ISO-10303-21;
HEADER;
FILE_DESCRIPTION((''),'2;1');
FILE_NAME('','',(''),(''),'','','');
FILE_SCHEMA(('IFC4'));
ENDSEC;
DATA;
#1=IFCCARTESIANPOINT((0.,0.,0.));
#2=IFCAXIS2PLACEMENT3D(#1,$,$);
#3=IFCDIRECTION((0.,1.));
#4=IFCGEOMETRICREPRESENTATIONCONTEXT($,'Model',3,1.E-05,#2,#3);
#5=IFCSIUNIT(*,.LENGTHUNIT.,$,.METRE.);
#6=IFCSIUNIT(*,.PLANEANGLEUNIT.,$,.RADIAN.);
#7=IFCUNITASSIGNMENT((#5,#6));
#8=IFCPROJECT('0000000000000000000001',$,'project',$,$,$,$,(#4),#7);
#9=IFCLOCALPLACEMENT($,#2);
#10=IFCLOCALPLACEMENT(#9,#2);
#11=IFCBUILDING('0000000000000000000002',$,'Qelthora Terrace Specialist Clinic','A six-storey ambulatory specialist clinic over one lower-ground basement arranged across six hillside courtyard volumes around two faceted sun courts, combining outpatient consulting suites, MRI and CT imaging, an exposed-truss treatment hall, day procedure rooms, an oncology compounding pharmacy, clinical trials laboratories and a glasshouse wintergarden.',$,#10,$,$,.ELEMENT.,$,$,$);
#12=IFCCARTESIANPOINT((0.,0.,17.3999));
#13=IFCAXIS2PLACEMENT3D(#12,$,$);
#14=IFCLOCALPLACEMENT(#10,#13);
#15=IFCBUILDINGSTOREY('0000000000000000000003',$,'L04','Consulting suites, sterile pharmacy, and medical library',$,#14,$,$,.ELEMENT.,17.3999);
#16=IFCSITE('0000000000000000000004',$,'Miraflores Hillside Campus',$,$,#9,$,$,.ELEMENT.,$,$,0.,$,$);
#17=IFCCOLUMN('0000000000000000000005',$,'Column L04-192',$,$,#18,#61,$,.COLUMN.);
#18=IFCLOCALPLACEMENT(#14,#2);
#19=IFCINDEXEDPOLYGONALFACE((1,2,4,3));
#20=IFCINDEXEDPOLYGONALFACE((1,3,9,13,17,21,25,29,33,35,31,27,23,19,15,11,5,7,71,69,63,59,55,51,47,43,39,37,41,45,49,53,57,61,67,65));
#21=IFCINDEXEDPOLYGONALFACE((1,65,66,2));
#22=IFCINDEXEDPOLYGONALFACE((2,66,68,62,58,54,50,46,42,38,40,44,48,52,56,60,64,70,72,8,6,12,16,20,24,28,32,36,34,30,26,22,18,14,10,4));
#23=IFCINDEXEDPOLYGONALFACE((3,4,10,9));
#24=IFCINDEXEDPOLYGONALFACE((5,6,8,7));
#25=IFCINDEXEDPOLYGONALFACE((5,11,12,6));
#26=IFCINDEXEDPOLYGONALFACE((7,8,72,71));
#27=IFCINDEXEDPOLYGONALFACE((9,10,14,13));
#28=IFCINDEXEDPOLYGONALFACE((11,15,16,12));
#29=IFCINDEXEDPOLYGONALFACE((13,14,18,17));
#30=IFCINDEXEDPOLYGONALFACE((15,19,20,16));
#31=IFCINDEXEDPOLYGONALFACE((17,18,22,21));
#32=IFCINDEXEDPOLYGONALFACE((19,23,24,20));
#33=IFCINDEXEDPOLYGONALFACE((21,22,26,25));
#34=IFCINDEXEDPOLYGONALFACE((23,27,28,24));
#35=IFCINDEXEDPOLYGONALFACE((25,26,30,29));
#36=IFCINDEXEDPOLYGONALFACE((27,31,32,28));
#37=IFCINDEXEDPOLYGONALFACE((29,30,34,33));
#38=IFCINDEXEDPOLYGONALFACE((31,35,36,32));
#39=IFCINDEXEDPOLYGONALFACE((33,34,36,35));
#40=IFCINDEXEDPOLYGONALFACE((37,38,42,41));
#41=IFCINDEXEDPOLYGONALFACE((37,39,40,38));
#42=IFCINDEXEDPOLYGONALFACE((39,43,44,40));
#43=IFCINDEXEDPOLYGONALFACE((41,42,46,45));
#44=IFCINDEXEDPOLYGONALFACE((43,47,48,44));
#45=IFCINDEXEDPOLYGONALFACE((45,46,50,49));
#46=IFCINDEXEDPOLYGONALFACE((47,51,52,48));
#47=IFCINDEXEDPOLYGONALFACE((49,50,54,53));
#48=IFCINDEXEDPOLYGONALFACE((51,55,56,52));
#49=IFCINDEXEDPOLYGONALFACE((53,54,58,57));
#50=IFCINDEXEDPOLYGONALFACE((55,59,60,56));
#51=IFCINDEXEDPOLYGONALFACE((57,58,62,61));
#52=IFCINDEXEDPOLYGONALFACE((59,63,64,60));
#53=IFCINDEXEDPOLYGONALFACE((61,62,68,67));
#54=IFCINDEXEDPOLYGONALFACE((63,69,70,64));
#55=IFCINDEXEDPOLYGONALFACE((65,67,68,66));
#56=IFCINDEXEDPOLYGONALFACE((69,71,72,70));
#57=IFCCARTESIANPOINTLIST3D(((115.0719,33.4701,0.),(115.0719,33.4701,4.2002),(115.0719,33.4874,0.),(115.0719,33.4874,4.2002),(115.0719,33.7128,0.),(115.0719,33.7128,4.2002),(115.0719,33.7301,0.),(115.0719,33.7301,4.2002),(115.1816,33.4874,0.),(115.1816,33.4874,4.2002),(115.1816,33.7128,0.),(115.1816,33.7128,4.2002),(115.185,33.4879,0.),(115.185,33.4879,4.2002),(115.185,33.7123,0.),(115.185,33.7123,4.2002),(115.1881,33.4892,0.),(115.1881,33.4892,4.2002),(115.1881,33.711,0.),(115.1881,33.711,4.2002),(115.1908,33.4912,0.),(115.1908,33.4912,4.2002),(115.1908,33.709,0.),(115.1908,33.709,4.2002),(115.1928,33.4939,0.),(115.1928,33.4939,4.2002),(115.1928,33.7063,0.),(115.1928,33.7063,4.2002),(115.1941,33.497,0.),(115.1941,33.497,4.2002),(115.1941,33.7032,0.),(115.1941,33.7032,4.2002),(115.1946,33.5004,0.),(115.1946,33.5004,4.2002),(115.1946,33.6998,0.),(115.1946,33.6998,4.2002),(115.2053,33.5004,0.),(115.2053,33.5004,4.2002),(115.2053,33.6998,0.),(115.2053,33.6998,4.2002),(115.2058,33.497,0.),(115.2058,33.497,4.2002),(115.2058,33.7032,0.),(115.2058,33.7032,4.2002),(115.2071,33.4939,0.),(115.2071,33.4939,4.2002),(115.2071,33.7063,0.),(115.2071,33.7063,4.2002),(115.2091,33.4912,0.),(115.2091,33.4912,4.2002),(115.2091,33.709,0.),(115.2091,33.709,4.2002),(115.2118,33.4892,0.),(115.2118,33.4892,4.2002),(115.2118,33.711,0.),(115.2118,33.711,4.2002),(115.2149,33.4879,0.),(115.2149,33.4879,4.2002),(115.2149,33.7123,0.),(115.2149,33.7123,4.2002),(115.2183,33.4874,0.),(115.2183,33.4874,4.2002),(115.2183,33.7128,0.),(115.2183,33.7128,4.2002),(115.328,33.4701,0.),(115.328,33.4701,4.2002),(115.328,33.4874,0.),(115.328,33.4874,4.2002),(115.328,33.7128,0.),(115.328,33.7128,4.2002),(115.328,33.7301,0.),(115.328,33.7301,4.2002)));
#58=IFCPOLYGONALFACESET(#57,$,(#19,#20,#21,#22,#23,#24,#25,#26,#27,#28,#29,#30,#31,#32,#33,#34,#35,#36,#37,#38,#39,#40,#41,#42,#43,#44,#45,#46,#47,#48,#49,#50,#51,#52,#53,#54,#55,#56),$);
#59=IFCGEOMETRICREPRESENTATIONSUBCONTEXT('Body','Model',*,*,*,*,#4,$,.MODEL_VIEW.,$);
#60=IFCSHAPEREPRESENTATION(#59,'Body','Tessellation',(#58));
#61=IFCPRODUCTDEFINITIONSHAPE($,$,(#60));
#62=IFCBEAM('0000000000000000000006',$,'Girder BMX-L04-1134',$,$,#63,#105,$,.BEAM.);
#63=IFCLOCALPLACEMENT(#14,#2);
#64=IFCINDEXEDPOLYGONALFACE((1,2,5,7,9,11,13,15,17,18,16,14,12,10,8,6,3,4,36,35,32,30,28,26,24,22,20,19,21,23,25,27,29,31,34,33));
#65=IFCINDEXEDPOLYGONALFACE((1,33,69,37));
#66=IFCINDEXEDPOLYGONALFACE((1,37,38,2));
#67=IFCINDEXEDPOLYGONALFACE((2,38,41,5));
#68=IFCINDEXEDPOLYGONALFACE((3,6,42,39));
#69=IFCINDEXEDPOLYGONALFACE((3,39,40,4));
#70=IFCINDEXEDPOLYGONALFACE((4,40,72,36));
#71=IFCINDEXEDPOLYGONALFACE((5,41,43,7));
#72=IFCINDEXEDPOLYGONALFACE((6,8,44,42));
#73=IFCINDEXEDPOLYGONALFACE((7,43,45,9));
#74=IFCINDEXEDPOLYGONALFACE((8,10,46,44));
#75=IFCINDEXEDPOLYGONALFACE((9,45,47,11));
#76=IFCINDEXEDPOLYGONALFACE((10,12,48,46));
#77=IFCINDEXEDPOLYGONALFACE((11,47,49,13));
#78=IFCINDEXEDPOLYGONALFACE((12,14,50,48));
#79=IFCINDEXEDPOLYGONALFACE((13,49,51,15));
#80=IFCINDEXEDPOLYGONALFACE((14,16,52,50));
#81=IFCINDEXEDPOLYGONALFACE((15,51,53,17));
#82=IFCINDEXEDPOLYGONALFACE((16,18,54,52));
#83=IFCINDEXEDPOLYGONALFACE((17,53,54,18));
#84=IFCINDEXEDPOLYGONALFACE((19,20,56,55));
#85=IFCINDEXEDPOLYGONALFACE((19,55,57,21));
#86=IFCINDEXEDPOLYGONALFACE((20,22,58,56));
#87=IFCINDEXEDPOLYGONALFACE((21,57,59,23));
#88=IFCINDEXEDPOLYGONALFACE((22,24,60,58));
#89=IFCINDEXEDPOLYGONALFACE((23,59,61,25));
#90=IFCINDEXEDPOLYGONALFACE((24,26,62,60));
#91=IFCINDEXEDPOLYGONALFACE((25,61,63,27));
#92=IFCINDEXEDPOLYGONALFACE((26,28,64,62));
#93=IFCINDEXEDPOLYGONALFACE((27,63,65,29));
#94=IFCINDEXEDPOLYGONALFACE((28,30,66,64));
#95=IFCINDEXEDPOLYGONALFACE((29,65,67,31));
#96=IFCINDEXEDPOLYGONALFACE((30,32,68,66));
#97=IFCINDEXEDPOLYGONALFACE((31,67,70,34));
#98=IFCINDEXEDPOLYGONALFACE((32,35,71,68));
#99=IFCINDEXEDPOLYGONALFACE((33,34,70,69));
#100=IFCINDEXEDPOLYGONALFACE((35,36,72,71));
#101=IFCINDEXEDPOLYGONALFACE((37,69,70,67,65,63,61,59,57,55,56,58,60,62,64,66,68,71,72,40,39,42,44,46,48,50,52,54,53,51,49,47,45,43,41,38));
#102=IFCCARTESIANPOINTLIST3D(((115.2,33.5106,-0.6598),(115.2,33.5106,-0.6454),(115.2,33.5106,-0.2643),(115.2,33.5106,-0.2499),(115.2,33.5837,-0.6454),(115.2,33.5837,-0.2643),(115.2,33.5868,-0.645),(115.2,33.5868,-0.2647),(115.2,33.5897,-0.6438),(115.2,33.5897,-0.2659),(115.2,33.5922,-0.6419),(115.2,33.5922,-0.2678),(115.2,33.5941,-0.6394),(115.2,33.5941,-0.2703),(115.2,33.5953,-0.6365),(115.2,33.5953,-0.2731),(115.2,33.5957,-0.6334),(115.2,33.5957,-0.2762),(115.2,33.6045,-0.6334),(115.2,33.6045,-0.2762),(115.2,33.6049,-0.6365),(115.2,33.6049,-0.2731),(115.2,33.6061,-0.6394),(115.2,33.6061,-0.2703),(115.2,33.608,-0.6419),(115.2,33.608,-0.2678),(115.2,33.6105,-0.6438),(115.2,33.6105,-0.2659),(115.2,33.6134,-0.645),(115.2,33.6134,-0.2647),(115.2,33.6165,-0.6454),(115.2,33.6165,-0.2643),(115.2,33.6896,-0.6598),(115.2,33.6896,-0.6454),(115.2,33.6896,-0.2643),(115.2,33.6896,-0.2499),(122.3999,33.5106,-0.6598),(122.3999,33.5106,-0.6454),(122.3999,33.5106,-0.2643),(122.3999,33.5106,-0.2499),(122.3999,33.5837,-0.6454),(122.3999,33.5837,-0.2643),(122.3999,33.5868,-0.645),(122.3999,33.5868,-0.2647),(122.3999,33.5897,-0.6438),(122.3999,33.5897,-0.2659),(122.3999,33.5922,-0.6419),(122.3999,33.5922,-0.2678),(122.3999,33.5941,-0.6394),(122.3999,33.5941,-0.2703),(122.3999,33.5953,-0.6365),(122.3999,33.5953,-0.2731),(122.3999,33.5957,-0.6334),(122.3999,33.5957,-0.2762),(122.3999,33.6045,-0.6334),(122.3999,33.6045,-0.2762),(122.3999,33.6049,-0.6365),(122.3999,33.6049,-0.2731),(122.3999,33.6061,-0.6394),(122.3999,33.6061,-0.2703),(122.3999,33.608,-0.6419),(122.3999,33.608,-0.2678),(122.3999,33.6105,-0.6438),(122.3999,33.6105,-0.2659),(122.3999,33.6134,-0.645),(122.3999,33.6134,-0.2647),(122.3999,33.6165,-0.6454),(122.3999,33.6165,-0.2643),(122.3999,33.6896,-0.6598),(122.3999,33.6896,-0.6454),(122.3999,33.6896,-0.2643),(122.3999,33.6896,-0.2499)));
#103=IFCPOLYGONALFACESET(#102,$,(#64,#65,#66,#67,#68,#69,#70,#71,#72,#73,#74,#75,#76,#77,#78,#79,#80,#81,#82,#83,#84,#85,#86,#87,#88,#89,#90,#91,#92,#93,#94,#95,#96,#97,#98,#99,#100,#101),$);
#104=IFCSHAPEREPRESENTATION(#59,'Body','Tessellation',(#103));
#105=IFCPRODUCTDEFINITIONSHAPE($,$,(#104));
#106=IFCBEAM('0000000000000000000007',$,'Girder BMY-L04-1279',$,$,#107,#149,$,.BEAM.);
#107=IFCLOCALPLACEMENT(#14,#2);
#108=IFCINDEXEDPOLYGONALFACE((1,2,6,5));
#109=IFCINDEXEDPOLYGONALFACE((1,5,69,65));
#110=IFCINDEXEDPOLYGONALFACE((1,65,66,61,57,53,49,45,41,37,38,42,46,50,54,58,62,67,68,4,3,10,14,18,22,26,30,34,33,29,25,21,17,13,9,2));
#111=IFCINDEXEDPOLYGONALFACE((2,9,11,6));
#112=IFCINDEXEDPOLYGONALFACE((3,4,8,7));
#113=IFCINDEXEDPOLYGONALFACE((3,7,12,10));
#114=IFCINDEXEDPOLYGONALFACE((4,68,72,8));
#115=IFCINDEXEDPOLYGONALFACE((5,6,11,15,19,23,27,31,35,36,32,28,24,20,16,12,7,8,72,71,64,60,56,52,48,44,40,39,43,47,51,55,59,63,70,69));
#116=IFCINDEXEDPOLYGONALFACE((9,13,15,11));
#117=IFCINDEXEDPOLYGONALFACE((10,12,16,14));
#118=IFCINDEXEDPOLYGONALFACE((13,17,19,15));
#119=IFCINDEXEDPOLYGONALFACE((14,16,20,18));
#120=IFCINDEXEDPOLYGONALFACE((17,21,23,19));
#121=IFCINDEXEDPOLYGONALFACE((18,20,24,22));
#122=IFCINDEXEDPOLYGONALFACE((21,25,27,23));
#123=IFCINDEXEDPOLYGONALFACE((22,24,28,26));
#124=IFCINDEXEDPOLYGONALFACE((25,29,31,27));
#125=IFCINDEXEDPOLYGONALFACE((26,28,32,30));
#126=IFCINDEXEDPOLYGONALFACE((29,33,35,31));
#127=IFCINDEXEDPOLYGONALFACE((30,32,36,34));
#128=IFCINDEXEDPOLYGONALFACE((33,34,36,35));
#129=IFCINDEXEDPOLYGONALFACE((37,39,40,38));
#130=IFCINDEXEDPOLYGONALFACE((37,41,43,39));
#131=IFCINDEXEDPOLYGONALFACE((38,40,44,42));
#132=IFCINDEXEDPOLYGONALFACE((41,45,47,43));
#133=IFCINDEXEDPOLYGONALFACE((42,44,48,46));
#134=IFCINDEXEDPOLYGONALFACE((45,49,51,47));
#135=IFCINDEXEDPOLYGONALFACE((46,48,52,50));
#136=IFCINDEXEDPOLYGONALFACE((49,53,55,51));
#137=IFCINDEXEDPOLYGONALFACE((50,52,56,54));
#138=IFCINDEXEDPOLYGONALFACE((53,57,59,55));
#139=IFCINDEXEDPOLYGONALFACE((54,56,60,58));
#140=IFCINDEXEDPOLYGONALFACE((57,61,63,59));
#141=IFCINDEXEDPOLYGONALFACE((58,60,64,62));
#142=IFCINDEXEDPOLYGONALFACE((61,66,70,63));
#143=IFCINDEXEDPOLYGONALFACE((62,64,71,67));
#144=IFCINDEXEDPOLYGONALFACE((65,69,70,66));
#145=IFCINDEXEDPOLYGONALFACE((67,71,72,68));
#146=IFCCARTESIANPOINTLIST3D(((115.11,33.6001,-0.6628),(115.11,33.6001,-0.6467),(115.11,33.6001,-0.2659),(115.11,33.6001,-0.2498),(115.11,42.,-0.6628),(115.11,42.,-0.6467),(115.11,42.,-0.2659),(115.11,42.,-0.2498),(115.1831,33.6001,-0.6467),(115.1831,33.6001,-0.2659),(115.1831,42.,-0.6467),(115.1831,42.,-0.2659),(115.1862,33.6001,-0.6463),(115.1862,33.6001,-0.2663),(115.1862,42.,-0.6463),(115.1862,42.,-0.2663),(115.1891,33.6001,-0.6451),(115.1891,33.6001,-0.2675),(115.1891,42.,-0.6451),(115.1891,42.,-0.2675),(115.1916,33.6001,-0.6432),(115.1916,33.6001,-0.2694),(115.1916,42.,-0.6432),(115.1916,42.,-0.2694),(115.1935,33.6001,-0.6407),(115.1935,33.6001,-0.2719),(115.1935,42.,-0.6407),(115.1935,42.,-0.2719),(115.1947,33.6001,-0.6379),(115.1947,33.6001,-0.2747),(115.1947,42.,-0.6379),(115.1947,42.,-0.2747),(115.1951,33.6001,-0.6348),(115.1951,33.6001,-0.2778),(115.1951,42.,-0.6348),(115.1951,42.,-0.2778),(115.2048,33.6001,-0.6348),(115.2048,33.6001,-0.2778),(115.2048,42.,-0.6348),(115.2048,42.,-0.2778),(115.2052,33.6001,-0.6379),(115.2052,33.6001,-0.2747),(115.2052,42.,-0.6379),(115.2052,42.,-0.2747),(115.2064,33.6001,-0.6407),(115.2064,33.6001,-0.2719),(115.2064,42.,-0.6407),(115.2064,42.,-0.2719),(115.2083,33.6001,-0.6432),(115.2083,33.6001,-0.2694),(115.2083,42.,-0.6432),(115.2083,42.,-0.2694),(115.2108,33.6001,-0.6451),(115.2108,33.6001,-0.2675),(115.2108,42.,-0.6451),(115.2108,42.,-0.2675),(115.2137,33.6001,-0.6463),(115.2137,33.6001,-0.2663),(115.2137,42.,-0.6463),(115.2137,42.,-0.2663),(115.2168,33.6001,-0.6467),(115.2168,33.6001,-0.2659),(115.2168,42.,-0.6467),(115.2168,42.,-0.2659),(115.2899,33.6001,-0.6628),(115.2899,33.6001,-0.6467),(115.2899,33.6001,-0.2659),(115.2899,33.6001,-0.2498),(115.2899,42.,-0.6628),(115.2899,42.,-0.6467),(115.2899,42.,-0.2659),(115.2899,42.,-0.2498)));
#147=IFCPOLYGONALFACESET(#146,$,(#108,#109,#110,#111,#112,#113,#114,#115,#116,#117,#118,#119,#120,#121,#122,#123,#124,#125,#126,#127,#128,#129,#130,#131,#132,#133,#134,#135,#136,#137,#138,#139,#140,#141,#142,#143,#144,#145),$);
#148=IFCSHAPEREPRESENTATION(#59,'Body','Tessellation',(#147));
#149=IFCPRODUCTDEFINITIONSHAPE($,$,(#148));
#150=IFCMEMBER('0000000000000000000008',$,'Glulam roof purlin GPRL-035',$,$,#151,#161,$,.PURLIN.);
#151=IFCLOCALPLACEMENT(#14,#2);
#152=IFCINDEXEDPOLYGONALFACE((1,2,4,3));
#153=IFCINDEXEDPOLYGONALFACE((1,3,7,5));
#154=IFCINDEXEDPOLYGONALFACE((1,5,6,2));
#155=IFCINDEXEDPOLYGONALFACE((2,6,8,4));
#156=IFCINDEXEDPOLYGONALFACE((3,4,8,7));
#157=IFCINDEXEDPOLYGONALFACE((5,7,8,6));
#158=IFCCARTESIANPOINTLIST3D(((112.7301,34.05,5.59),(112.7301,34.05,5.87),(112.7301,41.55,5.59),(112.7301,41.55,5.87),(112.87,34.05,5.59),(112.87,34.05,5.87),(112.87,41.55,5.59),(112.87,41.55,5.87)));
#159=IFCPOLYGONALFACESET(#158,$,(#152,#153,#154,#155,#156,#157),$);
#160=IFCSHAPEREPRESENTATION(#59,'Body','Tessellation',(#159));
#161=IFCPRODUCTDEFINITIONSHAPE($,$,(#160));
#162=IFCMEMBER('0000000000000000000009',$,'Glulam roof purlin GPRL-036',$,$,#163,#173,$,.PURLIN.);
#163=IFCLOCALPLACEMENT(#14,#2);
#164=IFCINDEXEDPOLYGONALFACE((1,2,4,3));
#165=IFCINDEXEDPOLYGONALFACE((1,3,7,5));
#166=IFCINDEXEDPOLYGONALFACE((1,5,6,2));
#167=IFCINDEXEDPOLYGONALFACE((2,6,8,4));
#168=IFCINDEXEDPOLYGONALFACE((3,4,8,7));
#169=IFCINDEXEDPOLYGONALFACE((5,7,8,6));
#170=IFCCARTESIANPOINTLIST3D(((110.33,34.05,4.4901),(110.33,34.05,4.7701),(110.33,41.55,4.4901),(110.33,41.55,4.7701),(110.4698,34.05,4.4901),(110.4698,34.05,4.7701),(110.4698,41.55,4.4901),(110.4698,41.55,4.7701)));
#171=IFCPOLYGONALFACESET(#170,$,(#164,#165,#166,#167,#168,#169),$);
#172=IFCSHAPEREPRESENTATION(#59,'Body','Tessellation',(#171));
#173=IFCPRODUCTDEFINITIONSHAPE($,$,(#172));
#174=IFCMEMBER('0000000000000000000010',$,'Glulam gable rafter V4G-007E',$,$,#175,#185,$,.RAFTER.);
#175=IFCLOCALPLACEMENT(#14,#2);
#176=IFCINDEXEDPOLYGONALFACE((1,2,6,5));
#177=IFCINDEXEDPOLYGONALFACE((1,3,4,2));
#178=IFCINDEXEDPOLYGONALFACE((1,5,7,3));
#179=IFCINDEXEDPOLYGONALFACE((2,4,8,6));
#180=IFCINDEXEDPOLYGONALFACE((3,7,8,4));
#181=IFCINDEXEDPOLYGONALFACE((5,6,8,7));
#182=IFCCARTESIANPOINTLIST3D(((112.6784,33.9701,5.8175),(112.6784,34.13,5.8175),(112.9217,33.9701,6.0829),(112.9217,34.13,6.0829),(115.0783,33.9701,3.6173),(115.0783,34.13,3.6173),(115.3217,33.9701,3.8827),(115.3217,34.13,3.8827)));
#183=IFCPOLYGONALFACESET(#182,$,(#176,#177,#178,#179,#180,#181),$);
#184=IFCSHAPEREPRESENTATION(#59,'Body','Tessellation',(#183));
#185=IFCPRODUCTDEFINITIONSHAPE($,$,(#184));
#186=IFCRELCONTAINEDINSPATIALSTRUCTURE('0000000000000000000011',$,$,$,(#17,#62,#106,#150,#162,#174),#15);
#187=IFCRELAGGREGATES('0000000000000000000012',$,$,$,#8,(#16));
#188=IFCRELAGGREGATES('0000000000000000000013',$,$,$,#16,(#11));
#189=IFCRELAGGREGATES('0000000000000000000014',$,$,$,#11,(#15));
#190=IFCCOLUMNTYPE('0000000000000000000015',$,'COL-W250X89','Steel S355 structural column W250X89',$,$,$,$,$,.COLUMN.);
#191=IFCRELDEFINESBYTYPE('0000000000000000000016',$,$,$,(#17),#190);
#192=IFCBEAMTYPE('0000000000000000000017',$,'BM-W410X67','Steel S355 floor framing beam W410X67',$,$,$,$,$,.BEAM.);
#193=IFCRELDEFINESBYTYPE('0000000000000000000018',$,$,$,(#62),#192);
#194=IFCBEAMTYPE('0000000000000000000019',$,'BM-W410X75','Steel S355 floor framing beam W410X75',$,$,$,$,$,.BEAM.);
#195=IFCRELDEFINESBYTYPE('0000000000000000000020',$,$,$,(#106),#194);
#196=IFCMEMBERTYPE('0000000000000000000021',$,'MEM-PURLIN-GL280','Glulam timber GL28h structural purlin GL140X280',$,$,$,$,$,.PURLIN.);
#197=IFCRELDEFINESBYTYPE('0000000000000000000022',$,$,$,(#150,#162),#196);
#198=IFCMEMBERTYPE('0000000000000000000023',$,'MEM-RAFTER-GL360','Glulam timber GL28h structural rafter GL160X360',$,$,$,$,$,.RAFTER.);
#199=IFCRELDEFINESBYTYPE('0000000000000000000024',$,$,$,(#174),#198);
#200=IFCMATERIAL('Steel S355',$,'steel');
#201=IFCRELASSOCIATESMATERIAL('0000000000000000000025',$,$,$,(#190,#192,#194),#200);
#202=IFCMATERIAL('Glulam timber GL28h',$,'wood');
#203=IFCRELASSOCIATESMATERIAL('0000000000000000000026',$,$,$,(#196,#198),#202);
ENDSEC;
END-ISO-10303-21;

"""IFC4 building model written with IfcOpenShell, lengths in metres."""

from ifc_helpers import new_model, si_unit, direction, frame, origin, origin_2d, place, context, subcontext, project, spatial, rectangle, i_section, extrude, material, material_profile, profile_set, type_object, element, save


model = new_model("IFC4")

# Units and contexts
model_context = context("Model", 3, precision=1e-05, world=origin(), true_north=direction((0.0, 1.0)))
body_context = subcontext(model_context, "Body", "Model", "MODEL_VIEW")
ifc_project = project(units=[si_unit("LENGTHUNIT", "METRE"), si_unit("PLANEANGLEUNIT", "RADIAN")], contexts=[model_context])

# Site, building, storey
site_placement = place(None, origin())
site = spatial("IfcSite", under=ifc_project, at=site_placement, Name="Miraflores Hillside Campus", CompositionType="ELEMENT", RefElevation=0.0)
building_placement = place(site_placement, origin())
building = spatial("IfcBuilding", under=site, at=building_placement, Name="Qelthora Terrace Specialist Clinic", Description="A six-storey ambulatory specialist clinic over one lower-ground basement arranged across six hillside courtyard volumes around two faceted sun courts, combining outpatient consulting suites, MRI and CT imaging, an exposed-truss treatment hall, day procedure rooms, an oncology compounding pharmacy, clinical trials laboratories and a glasshouse wintergarden.", CompositionType="ELEMENT")
storey_placement = place(building_placement, frame((0.0, 0.0, 17.3999)))
storey = spatial("IfcBuildingStorey", under=building, at=storey_placement, Name="L04", Description="Consulting suites, sterile pharmacy, and medical library", CompositionType="ELEMENT", Elevation=17.3999)

# Column
ifc_material_1 = material(Name="Steel S355", Category="steel")
ifc_material_profile_1 = material_profile(ifc_material_1, i_section(OverallWidth=0.2561, OverallDepth=0.26, WebThickness=0.0107, FlangeThickness=0.0173, FilletRadius=0.0129, at=origin_2d()), Name="W250X89")
ifc_profile_set_1 = profile_set([ifc_material_profile_1], Name="Steel S355")
column_type = type_object("IfcColumnType", Name="COL-W250X89", Description="Steel S355 structural column W250X89", PredefinedType="COLUMN", material=ifc_profile_set_1)
column_placement = place(storey_placement, frame((115.2, 33.6001, 0.0), z_axis=(0.0, 0.0, 1.0), x_axis=(1.0, 0.0, 0.0)))
element("IfcColumn", 1, at=column_placement, inside=storey, type_object=column_type, Name="Column L04-192", PredefinedType="COLUMN", context=body_context, shape_type="SweptSolid", body=[
    extrude(i_section(OverallWidth=0.2561, OverallDepth=0.26, WebThickness=0.0107, FlangeThickness=0.0173, FilletRadius=0.0129, at=origin_2d()), origin(), (0.0, 0.0, 1.0), 4.2002),
])

# Beams
ifc_material_profile_2 = material_profile(ifc_material_1, i_section(OverallWidth=0.179, OverallDepth=0.4099, WebThickness=0.0088, FlangeThickness=0.0144, FilletRadius=0.012, at=origin_2d()), Name="W410X67")
ifc_profile_set_2 = profile_set([ifc_material_profile_2], Name="Steel S355")
beam_type_1 = type_object("IfcBeamType", Name="BM-W410X67", Description="Steel S355 floor framing beam W410X67", PredefinedType="BEAM", material=ifc_profile_set_2)
beam_1_placement = place(storey_placement, frame((115.2, 33.6001, -0.4548), z_axis=(1.0, 0.0, 0.0), x_axis=(0.0, 1.0, 0.0)))
element("IfcBeam", 2, at=beam_1_placement, inside=storey, type_object=beam_type_1, Name="Girder BMX-L04-1134", PredefinedType="BEAM", context=body_context, shape_type="SweptSolid", body=[
    extrude(i_section(OverallWidth=0.179, OverallDepth=0.4099, WebThickness=0.0088, FlangeThickness=0.0144, FilletRadius=0.012, at=origin_2d()), origin(), (0.0, 0.0, 1.0), 7.2),
])
ifc_material_profile_3 = material_profile(ifc_material_1, i_section(OverallWidth=0.1799, OverallDepth=0.4131, WebThickness=0.0098, FlangeThickness=0.0161, FilletRadius=0.012, at=origin_2d()), Name="W410X75")
ifc_profile_set_3 = profile_set([ifc_material_profile_3], Name="Steel S355")
beam_type_2 = type_object("IfcBeamType", Name="BM-W410X75", Description="Steel S355 floor framing beam W410X75", PredefinedType="BEAM", material=ifc_profile_set_3)
beam_2_placement = place(storey_placement, frame((115.2, 33.6001, -0.4563), z_axis=(0.0, 1.0, 0.0), x_axis=(-1.0, 0.0, 0.0)))
element("IfcBeam", 3, at=beam_2_placement, inside=storey, type_object=beam_type_2, Name="Girder BMY-L04-1279", PredefinedType="BEAM", context=body_context, shape_type="SweptSolid", body=[
    extrude(i_section(OverallWidth=0.1799, OverallDepth=0.4131, WebThickness=0.0098, FlangeThickness=0.0161, FilletRadius=0.012, at=origin_2d()), origin(), (0.0, 0.0, 1.0), 8.3999),
])

# Members
ifc_material_2 = material(Name="Glulam timber GL28h", Category="wood")
ifc_material_profile_4 = material_profile(ifc_material_2, rectangle(XDim=0.1399, YDim=0.28, at=origin_2d()), Name="GL140X280")
ifc_profile_set_4 = profile_set([ifc_material_profile_4], Name="Glulam timber GL28h")
member_type_1 = type_object("IfcMemberType", Name="MEM-PURLIN-GL280", Description="Glulam timber GL28h structural purlin GL140X280", PredefinedType="PURLIN", material=ifc_profile_set_4)
for number, where, z_axis, x_axis, name in (
    (4, (112.8, 34.05, 5.73), (0.0, 1.0, 0.0), (-1.0, 0.0, 0.0), "Glulam roof purlin GPRL-035"),
    (5, (110.3999, 34.05, 4.6301), (0.0, 1.0, 0.0), (-1.0, 0.0, 0.0), "Glulam roof purlin GPRL-036"),
):
    element("IfcMember", number, at=place(storey_placement, frame(where, z_axis=z_axis, x_axis=x_axis)), inside=storey, type_object=member_type_1, Name=name, PredefinedType="PURLIN", context=body_context, shape_type="SweptSolid", body=[
        extrude(rectangle(XDim=0.1399, YDim=0.28, at=origin_2d()), origin(), (0.0, 0.0, 1.0), 7.5),
    ])
ifc_material_profile_5 = material_profile(ifc_material_2, rectangle(XDim=0.1599, YDim=0.3601, at=origin_2d()), Name="GL160X360")
ifc_profile_set_5 = profile_set([ifc_material_profile_5], Name="Glulam timber GL28h")
member_type_2 = type_object("IfcMemberType", Name="MEM-RAFTER-GL360", Description="Glulam timber GL28h structural rafter GL160X360", PredefinedType="RAFTER", material=ifc_profile_set_5)
member_1_placement = place(storey_placement, frame((112.8, 34.05, 5.9502), z_axis=(0.737111, 0.0, -0.675772), x_axis=(0.0, 1.0, 0.0)))
element("IfcMember", 6, at=member_1_placement, inside=storey, type_object=member_type_2, Name="Glulam gable rafter V4G-007E", PredefinedType="RAFTER", context=body_context, shape_type="SweptSolid", body=[
    extrude(rectangle(XDim=0.1599, YDim=0.3601, at=origin_2d()), origin(), (0.0, 0.0, 1.0), 3.2559),
])

save(model, "model.ifc")
